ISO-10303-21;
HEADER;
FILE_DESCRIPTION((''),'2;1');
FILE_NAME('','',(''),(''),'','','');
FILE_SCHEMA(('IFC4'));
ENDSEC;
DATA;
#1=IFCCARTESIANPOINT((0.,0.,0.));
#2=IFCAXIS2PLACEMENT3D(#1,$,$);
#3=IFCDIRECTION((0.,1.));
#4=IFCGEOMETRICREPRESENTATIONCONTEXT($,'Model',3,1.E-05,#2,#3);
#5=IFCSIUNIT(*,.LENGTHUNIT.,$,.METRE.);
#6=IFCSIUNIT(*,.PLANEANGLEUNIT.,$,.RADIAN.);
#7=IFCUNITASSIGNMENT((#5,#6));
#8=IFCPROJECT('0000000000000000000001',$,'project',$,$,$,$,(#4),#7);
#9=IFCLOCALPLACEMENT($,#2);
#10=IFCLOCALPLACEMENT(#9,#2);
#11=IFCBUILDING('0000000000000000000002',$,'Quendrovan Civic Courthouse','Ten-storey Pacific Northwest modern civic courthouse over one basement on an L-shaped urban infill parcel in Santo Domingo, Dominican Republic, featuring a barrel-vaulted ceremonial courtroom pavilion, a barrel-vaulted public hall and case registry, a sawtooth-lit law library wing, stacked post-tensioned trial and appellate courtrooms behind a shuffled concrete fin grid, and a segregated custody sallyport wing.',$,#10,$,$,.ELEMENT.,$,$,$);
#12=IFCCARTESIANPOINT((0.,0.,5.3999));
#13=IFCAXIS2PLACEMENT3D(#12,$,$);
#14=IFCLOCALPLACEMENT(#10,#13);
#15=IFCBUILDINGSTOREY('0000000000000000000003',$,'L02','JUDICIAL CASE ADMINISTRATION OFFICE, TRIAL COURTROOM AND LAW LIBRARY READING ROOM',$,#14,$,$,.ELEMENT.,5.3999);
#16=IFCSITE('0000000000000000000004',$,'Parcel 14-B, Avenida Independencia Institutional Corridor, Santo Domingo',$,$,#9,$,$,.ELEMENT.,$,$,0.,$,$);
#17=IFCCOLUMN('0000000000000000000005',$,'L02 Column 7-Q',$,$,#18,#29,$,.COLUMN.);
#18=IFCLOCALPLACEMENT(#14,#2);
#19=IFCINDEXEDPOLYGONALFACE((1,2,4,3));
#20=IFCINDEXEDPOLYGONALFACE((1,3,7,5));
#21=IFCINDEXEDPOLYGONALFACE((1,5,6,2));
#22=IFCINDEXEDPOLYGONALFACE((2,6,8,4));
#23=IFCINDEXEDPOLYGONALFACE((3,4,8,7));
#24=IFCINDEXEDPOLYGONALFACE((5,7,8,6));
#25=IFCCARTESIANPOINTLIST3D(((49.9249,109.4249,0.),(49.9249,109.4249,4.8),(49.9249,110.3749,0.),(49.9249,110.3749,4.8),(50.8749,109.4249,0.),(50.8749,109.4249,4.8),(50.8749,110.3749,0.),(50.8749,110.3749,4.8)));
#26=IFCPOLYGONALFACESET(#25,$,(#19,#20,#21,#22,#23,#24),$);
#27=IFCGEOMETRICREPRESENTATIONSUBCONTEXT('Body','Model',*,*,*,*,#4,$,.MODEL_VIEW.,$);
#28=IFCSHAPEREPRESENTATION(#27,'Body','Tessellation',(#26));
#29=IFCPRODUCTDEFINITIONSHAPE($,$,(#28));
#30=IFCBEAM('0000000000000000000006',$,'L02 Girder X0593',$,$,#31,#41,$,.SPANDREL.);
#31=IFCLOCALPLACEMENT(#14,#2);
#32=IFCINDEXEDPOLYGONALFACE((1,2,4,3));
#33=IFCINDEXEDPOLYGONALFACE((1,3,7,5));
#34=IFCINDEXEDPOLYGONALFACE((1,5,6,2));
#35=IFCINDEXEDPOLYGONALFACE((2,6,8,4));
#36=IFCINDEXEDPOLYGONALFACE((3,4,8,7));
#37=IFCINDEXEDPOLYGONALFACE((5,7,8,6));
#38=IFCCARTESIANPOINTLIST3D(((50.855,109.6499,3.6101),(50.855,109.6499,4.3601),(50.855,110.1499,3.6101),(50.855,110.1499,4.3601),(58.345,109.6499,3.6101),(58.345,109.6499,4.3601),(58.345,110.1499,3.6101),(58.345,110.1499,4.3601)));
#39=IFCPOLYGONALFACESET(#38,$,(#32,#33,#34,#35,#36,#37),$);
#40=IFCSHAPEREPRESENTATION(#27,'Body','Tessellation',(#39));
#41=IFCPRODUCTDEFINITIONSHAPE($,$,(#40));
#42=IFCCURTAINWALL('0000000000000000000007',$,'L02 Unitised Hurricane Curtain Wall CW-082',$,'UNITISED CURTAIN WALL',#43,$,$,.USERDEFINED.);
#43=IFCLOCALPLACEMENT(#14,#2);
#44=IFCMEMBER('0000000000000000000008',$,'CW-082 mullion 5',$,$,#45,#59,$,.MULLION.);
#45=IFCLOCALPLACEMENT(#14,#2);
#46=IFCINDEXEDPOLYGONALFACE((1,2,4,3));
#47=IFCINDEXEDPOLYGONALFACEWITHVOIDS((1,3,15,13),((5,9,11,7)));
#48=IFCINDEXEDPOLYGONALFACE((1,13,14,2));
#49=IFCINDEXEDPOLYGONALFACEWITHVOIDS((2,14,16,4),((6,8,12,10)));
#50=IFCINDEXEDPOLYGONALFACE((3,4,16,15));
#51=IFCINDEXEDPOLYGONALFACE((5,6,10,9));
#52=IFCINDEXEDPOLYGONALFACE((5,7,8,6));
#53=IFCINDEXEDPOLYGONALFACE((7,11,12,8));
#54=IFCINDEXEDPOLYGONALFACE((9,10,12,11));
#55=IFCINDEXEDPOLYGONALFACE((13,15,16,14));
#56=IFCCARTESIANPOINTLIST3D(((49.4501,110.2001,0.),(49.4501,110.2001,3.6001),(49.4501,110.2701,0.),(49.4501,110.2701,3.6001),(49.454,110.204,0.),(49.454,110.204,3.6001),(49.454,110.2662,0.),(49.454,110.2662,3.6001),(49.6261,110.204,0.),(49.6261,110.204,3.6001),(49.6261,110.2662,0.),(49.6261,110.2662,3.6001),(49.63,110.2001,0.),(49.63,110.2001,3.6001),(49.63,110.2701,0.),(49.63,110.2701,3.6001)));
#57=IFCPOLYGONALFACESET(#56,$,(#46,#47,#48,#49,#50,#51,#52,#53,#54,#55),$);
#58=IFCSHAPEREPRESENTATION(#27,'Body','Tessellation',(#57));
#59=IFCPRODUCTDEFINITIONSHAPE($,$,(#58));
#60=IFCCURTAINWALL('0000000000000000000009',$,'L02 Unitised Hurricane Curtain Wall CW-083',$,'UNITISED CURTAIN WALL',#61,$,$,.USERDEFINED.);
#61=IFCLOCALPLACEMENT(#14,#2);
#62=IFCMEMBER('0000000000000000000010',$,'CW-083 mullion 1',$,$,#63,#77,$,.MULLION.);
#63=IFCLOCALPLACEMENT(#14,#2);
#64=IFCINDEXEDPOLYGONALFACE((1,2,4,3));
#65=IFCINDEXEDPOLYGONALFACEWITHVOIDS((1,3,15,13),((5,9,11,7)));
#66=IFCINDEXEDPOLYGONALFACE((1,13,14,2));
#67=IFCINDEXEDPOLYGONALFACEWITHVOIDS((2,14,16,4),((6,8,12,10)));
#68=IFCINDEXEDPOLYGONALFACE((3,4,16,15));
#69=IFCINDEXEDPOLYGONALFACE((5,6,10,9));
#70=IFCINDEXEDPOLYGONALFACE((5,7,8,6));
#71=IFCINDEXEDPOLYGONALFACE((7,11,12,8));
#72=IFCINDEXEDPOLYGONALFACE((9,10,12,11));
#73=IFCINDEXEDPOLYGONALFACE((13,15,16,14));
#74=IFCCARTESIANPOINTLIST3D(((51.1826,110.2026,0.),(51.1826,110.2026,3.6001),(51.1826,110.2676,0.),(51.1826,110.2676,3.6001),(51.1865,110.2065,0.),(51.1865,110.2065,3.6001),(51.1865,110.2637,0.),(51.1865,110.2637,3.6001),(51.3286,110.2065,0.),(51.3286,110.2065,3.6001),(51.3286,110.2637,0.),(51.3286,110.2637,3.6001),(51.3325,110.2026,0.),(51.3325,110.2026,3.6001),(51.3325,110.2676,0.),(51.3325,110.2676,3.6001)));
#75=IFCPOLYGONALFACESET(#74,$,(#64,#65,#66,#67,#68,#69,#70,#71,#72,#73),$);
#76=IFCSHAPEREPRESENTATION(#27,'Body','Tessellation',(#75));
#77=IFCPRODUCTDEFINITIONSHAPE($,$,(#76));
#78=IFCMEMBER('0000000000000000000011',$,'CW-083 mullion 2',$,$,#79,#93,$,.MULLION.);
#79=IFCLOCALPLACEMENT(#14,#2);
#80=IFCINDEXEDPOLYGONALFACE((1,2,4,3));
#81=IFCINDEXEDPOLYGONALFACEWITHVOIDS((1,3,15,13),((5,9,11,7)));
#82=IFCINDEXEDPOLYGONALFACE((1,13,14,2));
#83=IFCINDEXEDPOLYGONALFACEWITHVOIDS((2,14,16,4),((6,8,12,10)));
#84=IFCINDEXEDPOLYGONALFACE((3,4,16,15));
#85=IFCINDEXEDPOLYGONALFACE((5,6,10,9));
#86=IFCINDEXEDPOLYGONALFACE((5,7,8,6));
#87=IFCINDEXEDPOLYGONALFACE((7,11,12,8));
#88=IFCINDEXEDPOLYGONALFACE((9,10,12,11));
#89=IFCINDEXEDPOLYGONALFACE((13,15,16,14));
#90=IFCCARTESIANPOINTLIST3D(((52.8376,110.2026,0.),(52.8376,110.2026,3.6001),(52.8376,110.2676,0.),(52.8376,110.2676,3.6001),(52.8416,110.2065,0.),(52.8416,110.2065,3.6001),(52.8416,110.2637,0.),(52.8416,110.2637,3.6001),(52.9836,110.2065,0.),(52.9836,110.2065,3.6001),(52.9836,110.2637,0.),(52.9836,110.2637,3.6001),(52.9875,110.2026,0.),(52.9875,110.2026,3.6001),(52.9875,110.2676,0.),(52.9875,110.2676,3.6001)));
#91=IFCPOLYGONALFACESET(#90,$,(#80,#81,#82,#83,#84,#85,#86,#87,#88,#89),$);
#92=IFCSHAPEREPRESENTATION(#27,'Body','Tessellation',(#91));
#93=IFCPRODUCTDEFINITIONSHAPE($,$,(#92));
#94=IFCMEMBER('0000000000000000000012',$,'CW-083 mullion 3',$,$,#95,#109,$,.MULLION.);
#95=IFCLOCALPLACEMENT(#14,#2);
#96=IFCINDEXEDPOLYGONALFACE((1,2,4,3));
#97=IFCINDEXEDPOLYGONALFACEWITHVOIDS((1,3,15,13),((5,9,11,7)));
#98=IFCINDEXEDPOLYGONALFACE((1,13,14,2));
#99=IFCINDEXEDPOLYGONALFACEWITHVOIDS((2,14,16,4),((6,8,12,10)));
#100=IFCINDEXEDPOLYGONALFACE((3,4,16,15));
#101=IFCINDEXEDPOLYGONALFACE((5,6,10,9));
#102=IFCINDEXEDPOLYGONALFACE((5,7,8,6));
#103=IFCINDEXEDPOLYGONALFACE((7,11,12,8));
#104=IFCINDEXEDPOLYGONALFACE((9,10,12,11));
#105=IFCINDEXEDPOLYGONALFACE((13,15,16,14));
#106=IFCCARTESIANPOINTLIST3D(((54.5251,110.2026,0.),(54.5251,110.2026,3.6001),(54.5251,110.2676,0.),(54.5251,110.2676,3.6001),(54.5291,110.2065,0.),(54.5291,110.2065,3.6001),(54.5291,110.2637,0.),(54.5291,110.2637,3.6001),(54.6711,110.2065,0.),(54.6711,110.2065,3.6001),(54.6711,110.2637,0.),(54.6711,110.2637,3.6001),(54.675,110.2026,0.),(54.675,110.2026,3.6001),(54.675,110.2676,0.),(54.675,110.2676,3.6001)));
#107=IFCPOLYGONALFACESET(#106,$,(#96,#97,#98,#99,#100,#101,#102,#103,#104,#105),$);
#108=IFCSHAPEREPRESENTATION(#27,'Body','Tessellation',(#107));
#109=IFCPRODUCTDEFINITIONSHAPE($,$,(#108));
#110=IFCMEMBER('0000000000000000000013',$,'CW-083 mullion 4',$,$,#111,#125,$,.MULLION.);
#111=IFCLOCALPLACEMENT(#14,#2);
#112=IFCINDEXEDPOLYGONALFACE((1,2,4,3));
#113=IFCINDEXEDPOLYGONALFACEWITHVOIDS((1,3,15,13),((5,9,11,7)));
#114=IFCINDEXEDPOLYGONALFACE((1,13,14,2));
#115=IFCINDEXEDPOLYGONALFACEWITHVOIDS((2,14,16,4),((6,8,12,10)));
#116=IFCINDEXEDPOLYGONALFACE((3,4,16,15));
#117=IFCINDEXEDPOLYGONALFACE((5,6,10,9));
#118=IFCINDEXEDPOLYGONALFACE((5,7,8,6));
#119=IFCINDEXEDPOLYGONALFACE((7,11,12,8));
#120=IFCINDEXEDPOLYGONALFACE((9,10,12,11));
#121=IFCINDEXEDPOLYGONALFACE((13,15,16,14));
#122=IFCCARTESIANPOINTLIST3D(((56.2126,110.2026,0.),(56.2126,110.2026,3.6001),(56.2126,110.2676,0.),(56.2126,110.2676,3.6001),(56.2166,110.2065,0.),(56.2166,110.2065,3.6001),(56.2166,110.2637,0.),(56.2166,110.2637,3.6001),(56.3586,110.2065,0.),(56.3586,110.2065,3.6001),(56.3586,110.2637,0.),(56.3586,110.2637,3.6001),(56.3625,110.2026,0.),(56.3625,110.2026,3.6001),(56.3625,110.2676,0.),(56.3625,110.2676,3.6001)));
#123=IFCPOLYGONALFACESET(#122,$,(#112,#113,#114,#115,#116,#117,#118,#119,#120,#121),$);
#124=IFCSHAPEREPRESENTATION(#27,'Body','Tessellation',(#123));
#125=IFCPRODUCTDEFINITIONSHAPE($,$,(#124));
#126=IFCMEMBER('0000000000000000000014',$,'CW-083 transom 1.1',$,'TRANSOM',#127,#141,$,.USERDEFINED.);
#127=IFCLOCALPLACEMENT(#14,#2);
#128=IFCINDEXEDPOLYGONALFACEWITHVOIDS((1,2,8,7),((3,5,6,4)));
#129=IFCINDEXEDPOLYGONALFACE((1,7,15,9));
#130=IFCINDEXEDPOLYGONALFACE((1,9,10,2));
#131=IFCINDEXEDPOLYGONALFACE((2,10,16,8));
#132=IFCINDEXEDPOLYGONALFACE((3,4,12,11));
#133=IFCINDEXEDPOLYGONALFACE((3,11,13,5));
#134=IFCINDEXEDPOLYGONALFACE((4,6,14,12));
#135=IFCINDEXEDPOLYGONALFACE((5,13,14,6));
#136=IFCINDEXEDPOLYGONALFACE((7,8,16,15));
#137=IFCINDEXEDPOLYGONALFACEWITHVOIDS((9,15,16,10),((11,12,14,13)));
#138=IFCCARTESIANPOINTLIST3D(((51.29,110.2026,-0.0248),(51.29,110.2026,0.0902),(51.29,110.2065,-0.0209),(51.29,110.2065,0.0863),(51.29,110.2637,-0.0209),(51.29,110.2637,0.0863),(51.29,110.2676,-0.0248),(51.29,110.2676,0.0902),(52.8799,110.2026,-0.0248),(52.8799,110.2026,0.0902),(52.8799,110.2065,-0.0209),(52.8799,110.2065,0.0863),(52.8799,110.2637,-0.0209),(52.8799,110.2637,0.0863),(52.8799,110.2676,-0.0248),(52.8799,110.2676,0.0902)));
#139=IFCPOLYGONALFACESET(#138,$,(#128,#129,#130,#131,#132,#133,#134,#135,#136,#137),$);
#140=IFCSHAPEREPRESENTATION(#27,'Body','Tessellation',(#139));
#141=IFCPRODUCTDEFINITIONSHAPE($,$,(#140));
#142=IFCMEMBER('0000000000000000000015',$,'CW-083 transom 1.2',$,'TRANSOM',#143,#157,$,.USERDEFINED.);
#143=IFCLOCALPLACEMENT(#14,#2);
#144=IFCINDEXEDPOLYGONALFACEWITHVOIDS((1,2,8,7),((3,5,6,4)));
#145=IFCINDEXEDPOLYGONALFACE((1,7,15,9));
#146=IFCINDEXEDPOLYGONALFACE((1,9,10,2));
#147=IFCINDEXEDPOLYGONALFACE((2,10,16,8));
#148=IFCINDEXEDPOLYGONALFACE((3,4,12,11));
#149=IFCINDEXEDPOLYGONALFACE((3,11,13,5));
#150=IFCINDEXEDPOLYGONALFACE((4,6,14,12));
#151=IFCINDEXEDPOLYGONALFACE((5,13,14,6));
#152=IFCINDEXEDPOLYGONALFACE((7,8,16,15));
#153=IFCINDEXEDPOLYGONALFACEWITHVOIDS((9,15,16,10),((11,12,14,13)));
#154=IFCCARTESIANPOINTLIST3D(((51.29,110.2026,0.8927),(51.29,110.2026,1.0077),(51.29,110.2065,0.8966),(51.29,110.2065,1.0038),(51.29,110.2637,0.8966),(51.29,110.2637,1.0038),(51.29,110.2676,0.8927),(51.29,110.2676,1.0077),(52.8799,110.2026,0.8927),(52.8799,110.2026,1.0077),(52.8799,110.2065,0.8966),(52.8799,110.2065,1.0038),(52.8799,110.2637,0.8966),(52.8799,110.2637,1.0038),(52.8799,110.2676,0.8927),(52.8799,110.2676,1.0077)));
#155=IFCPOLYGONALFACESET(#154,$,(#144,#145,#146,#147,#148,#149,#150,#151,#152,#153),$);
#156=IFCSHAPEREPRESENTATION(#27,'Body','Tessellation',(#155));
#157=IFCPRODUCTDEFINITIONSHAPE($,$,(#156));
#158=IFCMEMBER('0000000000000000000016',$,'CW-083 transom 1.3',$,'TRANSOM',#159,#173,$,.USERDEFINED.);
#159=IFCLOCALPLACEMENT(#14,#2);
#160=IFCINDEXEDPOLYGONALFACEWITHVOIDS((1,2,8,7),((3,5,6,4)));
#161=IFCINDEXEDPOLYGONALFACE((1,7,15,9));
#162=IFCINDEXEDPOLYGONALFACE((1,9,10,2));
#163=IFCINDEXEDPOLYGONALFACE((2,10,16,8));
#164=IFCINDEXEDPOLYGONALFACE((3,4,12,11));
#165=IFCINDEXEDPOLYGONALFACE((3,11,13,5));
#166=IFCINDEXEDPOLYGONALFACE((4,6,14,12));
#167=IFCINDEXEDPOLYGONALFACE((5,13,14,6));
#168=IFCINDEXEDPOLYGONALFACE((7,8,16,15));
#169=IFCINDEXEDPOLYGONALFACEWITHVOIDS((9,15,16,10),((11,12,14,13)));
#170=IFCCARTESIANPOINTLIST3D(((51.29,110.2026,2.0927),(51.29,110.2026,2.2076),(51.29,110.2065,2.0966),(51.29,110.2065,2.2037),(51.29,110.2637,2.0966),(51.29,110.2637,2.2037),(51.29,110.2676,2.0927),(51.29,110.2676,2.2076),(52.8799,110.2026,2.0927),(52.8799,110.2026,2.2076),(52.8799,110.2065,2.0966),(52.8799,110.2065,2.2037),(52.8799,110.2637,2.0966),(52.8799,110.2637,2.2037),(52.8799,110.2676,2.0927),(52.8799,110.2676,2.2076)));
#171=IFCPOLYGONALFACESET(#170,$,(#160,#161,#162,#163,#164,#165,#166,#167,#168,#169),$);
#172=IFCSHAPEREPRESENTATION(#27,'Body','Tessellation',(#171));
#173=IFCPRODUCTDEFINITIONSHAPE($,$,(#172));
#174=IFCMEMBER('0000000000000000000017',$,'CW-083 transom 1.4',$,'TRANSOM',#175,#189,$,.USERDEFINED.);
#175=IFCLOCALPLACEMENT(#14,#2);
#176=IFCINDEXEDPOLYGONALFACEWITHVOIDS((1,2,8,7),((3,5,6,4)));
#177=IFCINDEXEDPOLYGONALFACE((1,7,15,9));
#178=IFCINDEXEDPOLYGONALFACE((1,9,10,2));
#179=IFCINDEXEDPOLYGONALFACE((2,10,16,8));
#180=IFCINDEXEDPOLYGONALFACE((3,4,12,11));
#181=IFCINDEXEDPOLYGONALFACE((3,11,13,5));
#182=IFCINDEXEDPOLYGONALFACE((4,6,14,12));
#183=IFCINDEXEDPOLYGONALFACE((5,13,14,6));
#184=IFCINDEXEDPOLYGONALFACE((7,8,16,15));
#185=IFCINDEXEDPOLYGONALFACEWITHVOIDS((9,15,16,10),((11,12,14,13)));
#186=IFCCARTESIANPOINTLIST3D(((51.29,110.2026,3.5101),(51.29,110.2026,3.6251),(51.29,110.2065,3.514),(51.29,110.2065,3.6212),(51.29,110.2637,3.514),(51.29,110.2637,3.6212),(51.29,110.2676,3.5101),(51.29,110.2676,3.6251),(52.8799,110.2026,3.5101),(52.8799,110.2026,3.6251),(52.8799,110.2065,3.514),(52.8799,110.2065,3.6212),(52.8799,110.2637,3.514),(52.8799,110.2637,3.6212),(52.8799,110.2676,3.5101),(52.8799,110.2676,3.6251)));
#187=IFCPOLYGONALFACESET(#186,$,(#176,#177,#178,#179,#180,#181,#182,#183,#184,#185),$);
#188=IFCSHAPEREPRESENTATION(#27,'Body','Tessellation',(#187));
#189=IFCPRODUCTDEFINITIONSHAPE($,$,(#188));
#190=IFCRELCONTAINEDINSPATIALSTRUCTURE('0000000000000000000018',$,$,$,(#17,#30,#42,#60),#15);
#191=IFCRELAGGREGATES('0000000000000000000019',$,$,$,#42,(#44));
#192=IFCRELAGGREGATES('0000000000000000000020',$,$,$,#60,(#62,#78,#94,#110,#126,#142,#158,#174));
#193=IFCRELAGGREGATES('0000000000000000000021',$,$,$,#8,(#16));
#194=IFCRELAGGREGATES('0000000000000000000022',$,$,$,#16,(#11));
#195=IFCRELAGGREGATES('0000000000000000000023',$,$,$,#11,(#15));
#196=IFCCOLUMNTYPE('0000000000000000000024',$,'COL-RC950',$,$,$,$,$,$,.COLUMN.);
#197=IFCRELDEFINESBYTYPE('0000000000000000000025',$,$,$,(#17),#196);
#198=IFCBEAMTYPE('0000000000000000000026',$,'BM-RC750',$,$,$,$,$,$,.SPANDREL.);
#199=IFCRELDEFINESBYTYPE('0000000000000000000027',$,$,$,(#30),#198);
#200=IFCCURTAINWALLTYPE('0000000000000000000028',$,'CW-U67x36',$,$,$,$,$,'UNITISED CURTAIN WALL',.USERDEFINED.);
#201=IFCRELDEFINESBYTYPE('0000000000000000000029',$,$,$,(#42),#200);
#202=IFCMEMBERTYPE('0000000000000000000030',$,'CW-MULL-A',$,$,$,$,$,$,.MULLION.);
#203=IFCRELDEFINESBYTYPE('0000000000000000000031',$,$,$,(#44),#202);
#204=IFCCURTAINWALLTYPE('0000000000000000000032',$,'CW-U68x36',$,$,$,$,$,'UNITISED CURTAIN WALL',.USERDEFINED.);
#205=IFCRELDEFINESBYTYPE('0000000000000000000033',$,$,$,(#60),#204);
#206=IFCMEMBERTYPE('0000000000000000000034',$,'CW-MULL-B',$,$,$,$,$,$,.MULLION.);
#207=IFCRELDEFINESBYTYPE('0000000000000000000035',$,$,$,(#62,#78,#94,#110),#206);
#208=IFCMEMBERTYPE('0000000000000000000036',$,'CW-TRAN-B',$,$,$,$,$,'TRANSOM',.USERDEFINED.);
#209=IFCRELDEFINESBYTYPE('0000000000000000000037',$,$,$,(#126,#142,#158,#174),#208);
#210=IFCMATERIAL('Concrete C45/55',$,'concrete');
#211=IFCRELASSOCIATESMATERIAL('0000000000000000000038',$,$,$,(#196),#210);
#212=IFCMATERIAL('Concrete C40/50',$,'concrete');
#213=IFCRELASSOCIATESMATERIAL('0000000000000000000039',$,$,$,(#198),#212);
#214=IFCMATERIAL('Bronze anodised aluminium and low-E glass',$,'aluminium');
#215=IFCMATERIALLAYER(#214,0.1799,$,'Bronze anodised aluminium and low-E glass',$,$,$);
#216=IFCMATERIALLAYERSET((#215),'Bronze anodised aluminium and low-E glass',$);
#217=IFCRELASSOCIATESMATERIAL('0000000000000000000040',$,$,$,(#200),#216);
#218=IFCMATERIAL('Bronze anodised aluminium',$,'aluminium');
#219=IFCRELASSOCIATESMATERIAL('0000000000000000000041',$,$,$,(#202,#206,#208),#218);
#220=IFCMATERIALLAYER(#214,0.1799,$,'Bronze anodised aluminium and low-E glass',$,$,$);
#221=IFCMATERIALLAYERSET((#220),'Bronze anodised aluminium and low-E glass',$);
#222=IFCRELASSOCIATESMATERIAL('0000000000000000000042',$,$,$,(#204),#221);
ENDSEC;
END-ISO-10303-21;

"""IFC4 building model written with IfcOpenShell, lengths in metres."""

from ifc_helpers import new_model, si_unit, direction, frame, origin, origin_2d, place, context, subcontext, project, spatial, rectangle, hollow_rectangle, extrude, material, layer, layer_set, material_profile, profile_set, type_object, element, aggregate, save


model = new_model("IFC4")

# Units and contexts
model_context = context("Model", 3, precision=1e-05, world=origin(), true_north=direction((0.0, 1.0)))
body_context = subcontext(model_context, "Body", "Model", "MODEL_VIEW")
ifc_project = project(units=[si_unit("LENGTHUNIT", "METRE"), si_unit("PLANEANGLEUNIT", "RADIAN")], contexts=[model_context])

# Site, building, storey
site_placement = place(None, origin())
site = spatial("IfcSite", under=ifc_project, at=site_placement, Name="Parcel 14-B, Avenida Independencia Institutional Corridor, Santo Domingo", CompositionType="ELEMENT", RefElevation=0.0)
building_placement = place(site_placement, origin())
building = spatial("IfcBuilding", under=site, at=building_placement, Name="Quendrovan Civic Courthouse", Description="Ten-storey Pacific Northwest modern civic courthouse over one basement on an L-shaped urban infill parcel in Santo Domingo, Dominican Republic, featuring a barrel-vaulted ceremonial courtroom pavilion, a barrel-vaulted public hall and case registry, a sawtooth-lit law library wing, stacked post-tensioned trial and appellate courtrooms behind a shuffled concrete fin grid, and a segregated custody sallyport wing.", CompositionType="ELEMENT")
storey_placement = place(building_placement, frame((0.0, 0.0, 5.3999)))
storey = spatial("IfcBuildingStorey", under=building, at=storey_placement, Name="L02", Description="JUDICIAL CASE ADMINISTRATION OFFICE, TRIAL COURTROOM AND LAW LIBRARY READING ROOM", CompositionType="ELEMENT", Elevation=5.3999)

# Column
ifc_material_1 = material(Name="Concrete C45/55", Category="concrete")
ifc_material_profile_1 = material_profile(ifc_material_1, rectangle(XDim=0.95, YDim=0.95, at=origin_2d()), Name="RC-COL-950x950")
ifc_profile_set_1 = profile_set([ifc_material_profile_1], Name="Concrete C45/55")
column_type = type_object("IfcColumnType", Name="COL-RC950", PredefinedType="COLUMN", material=ifc_profile_set_1)
column_placement = place(storey_placement, frame((50.3999, 109.8999, 0.0), z_axis=(0.0, 0.0, 1.0), x_axis=(1.0, 0.0, 0.0)))
element("IfcColumn", 1, at=column_placement, inside=storey, type_object=column_type, Name="L02 Column 7-Q", PredefinedType="COLUMN", context=body_context, shape_type="SweptSolid", body=[
    extrude(rectangle(XDim=0.95, YDim=0.95, at=origin_2d()), origin(), (0.0, 0.0, 1.0), 4.8),
])

# Beam
ifc_material_2 = material(Name="Concrete C40/50", Category="concrete")
ifc_material_profile_2 = material_profile(ifc_material_2, rectangle(XDim=0.5, YDim=0.75, at=origin_2d()), Name="RC-BM-500x750")
ifc_profile_set_2 = profile_set([ifc_material_profile_2], Name="Concrete C40/50")
beam_type = type_object("IfcBeamType", Name="BM-RC750", PredefinedType="SPANDREL", material=ifc_profile_set_2)
beam_placement = place(storey_placement, frame((50.855, 109.8999, 3.9851), z_axis=(1.0, 0.0, 0.0), x_axis=(0.0, 1.0, 0.0)))
element("IfcBeam", 2, at=beam_placement, inside=storey, type_object=beam_type, Name="L02 Girder X0593", PredefinedType="SPANDREL", context=body_context, shape_type="SweptSolid", body=[
    extrude(rectangle(XDim=0.5, YDim=0.75, at=origin_2d()), origin(), (0.0, 0.0, 1.0), 7.49),
])

# Curtain wall, member
ifc_material_3 = material(Name="Bronze anodised aluminium and low-E glass", Category="aluminium")
ifc_layer_1 = layer(ifc_material_3, 0.1799, Name="Bronze anodised aluminium and low-E glass")
ifc_layer_set_1 = layer_set([ifc_layer_1], Name="Bronze anodised aluminium and low-E glass")
curtain_wall_type_1 = type_object("IfcCurtainWallType", Name="CW-U67x36", ElementType="UNITISED CURTAIN WALL", PredefinedType="USERDEFINED", material=ifc_layer_set_1)
curtain_wall_1_placement = place(storey_placement, origin())
curtain_wall_1 = element("IfcCurtainWall", 3, at=curtain_wall_1_placement, inside=storey, type_object=curtain_wall_type_1, Name="L02 Unitised Hurricane Curtain Wall CW-082", ObjectType="UNITISED CURTAIN WALL", PredefinedType="USERDEFINED")
ifc_material_4 = material(Name="Bronze anodised aluminium", Category="aluminium")
ifc_material_profile_3 = material_profile(ifc_material_4, hollow_rectangle(XDim=0.0701, YDim=0.1799, WallThickness=0.0039, at=origin_2d()), Name="CW-MULL-70x180")
ifc_profile_set_3 = profile_set([ifc_material_profile_3], Name="Bronze anodised aluminium")
member_type_1 = type_object("IfcMemberType", Name="CW-MULL-A", PredefinedType="MULLION", material=ifc_profile_set_3)
member_1_placement = place(storey_placement, frame((49.54, 110.2351, 0.0), z_axis=(0.0, 0.0, 1.0), x_axis=(0.0, 1.0, 0.0)))
member_1 = element("IfcMember", 4, at=member_1_placement, type_object=member_type_1, Name="CW-082 mullion 5", PredefinedType="MULLION", context=body_context, shape_type="SweptSolid", body=[
    extrude(hollow_rectangle(XDim=0.0701, YDim=0.1799, WallThickness=0.0039, at=origin_2d()), origin(), (0.0, 0.0, 1.0), 3.6001),
])

# Curtain wall, members
ifc_layer_2 = layer(ifc_material_3, 0.1799, Name="Bronze anodised aluminium and low-E glass")
ifc_layer_set_2 = layer_set([ifc_layer_2], Name="Bronze anodised aluminium and low-E glass")
curtain_wall_type_2 = type_object("IfcCurtainWallType", Name="CW-U68x36", ElementType="UNITISED CURTAIN WALL", PredefinedType="USERDEFINED", material=ifc_layer_set_2)
curtain_wall_2_placement = place(storey_placement, origin())
curtain_wall_2 = element("IfcCurtainWall", 5, at=curtain_wall_2_placement, inside=storey, type_object=curtain_wall_type_2, Name="L02 Unitised Hurricane Curtain Wall CW-083", ObjectType="UNITISED CURTAIN WALL", PredefinedType="USERDEFINED")
ifc_material_profile_4 = material_profile(ifc_material_4, hollow_rectangle(XDim=0.0649, YDim=0.1499, WallThickness=0.0039, at=origin_2d()), Name="CW-MULL-65x150")
ifc_profile_set_4 = profile_set([ifc_material_profile_4], Name="Bronze anodised aluminium")
member_type_2 = type_object("IfcMemberType", Name="CW-MULL-B", PredefinedType="MULLION", material=ifc_profile_set_4)
member_2_placement = place(storey_placement, frame((51.2576, 110.2351, 0.0), z_axis=(0.0, 0.0, 1.0), x_axis=(0.0, 1.0, 0.0)))
member_2 = element("IfcMember", 6, at=member_2_placement, type_object=member_type_2, Name="CW-083 mullion 1", PredefinedType="MULLION", context=body_context, shape_type="SweptSolid", body=[
    extrude(hollow_rectangle(XDim=0.0649, YDim=0.1499, WallThickness=0.0039, at=origin_2d()), origin(), (0.0, 0.0, 1.0), 3.6001),
])
member_3_placement = place(storey_placement, frame((52.9126, 110.2351, 0.0), z_axis=(0.0, 0.0, 1.0), x_axis=(0.0, 1.0, 0.0)))
member_3 = element("IfcMember", 7, at=member_3_placement, type_object=member_type_2, Name="CW-083 mullion 2", PredefinedType="MULLION", context=body_context, shape_type="SweptSolid", body=[
    extrude(hollow_rectangle(XDim=0.0649, YDim=0.1499, WallThickness=0.0039, at=origin_2d()), origin(), (0.0, 0.0, 1.0), 3.6001),
])
member_4_placement = place(storey_placement, frame((54.6001, 110.2351, 0.0), z_axis=(0.0, 0.0, 1.0), x_axis=(0.0, 1.0, 0.0)))
member_4 = element("IfcMember", 8, at=member_4_placement, type_object=member_type_2, Name="CW-083 mullion 3", PredefinedType="MULLION", context=body_context, shape_type="SweptSolid", body=[
    extrude(hollow_rectangle(XDim=0.0649, YDim=0.1499, WallThickness=0.0039, at=origin_2d()), origin(), (0.0, 0.0, 1.0), 3.6001),
])
member_5_placement = place(storey_placement, frame((56.2876, 110.2351, 0.0), z_axis=(0.0, 0.0, 1.0), x_axis=(0.0, 1.0, 0.0)))
member_5 = element("IfcMember", 9, at=member_5_placement, type_object=member_type_2, Name="CW-083 mullion 4", PredefinedType="MULLION", context=body_context, shape_type="SweptSolid", body=[
    extrude(hollow_rectangle(XDim=0.0649, YDim=0.1499, WallThickness=0.0039, at=origin_2d()), origin(), (0.0, 0.0, 1.0), 3.6001),
])
ifc_material_profile_5 = material_profile(ifc_material_4, hollow_rectangle(XDim=0.0649, YDim=0.115, WallThickness=0.0039, at=origin_2d()), Name="CW-TRAN-65x115")
ifc_profile_set_5 = profile_set([ifc_material_profile_5], Name="Bronze anodised aluminium")
member_type_3 = type_object("IfcMemberType", Name="CW-TRAN-B", ElementType="TRANSOM", PredefinedType="USERDEFINED", material=ifc_profile_set_5)
member_6_placement = place(storey_placement, frame((51.29, 110.2351, 0.0327), z_axis=(1.0, 0.0, 0.0), x_axis=(0.0, 1.0, 0.0)))
member_6 = element("IfcMember", 10, at=member_6_placement, type_object=member_type_3, Name="CW-083 transom 1.1", ObjectType="TRANSOM", PredefinedType="USERDEFINED", context=body_context, shape_type="SweptSolid", body=[
    extrude(hollow_rectangle(XDim=0.0649, YDim=0.115, WallThickness=0.0039, at=origin_2d()), origin(), (0.0, 0.0, 1.0), 1.5898),
])
member_7_placement = place(storey_placement, frame((51.29, 110.2351, 0.9502), z_axis=(1.0, 0.0, 0.0), x_axis=(0.0, 1.0, 0.0)))
member_7 = element("IfcMember", 11, at=member_7_placement, type_object=member_type_3, Name="CW-083 transom 1.2", ObjectType="TRANSOM", PredefinedType="USERDEFINED", context=body_context, shape_type="SweptSolid", body=[
    extrude(hollow_rectangle(XDim=0.0649, YDim=0.115, WallThickness=0.0039, at=origin_2d()), origin(), (0.0, 0.0, 1.0), 1.5898),
])
member_8_placement = place(storey_placement, frame((51.29, 110.2351, 2.1501), z_axis=(1.0, 0.0, 0.0), x_axis=(0.0, 1.0, 0.0)))
member_8 = element("IfcMember", 12, at=member_8_placement, type_object=member_type_3, Name="CW-083 transom 1.3", ObjectType="TRANSOM", PredefinedType="USERDEFINED", context=body_context, shape_type="SweptSolid", body=[
    extrude(hollow_rectangle(XDim=0.0649, YDim=0.115, WallThickness=0.0039, at=origin_2d()), origin(), (0.0, 0.0, 1.0), 1.5898),
])
member_9_placement = place(storey_placement, frame((51.29, 110.2351, 3.5676), z_axis=(1.0, 0.0, 0.0), x_axis=(0.0, 1.0, 0.0)))
member_9 = element("IfcMember", 13, at=member_9_placement, type_object=member_type_3, Name="CW-083 transom 1.4", ObjectType="TRANSOM", PredefinedType="USERDEFINED", context=body_context, shape_type="SweptSolid", body=[
    extrude(hollow_rectangle(XDim=0.0649, YDim=0.115, WallThickness=0.0039, at=origin_2d()), origin(), (0.0, 0.0, 1.0), 1.5898),
])

aggregate(curtain_wall_1, [member_1])
aggregate(curtain_wall_2, [member_2, member_3, member_4, member_5, member_6, member_7, member_8, member_9])

save(model, "model.ifc")
